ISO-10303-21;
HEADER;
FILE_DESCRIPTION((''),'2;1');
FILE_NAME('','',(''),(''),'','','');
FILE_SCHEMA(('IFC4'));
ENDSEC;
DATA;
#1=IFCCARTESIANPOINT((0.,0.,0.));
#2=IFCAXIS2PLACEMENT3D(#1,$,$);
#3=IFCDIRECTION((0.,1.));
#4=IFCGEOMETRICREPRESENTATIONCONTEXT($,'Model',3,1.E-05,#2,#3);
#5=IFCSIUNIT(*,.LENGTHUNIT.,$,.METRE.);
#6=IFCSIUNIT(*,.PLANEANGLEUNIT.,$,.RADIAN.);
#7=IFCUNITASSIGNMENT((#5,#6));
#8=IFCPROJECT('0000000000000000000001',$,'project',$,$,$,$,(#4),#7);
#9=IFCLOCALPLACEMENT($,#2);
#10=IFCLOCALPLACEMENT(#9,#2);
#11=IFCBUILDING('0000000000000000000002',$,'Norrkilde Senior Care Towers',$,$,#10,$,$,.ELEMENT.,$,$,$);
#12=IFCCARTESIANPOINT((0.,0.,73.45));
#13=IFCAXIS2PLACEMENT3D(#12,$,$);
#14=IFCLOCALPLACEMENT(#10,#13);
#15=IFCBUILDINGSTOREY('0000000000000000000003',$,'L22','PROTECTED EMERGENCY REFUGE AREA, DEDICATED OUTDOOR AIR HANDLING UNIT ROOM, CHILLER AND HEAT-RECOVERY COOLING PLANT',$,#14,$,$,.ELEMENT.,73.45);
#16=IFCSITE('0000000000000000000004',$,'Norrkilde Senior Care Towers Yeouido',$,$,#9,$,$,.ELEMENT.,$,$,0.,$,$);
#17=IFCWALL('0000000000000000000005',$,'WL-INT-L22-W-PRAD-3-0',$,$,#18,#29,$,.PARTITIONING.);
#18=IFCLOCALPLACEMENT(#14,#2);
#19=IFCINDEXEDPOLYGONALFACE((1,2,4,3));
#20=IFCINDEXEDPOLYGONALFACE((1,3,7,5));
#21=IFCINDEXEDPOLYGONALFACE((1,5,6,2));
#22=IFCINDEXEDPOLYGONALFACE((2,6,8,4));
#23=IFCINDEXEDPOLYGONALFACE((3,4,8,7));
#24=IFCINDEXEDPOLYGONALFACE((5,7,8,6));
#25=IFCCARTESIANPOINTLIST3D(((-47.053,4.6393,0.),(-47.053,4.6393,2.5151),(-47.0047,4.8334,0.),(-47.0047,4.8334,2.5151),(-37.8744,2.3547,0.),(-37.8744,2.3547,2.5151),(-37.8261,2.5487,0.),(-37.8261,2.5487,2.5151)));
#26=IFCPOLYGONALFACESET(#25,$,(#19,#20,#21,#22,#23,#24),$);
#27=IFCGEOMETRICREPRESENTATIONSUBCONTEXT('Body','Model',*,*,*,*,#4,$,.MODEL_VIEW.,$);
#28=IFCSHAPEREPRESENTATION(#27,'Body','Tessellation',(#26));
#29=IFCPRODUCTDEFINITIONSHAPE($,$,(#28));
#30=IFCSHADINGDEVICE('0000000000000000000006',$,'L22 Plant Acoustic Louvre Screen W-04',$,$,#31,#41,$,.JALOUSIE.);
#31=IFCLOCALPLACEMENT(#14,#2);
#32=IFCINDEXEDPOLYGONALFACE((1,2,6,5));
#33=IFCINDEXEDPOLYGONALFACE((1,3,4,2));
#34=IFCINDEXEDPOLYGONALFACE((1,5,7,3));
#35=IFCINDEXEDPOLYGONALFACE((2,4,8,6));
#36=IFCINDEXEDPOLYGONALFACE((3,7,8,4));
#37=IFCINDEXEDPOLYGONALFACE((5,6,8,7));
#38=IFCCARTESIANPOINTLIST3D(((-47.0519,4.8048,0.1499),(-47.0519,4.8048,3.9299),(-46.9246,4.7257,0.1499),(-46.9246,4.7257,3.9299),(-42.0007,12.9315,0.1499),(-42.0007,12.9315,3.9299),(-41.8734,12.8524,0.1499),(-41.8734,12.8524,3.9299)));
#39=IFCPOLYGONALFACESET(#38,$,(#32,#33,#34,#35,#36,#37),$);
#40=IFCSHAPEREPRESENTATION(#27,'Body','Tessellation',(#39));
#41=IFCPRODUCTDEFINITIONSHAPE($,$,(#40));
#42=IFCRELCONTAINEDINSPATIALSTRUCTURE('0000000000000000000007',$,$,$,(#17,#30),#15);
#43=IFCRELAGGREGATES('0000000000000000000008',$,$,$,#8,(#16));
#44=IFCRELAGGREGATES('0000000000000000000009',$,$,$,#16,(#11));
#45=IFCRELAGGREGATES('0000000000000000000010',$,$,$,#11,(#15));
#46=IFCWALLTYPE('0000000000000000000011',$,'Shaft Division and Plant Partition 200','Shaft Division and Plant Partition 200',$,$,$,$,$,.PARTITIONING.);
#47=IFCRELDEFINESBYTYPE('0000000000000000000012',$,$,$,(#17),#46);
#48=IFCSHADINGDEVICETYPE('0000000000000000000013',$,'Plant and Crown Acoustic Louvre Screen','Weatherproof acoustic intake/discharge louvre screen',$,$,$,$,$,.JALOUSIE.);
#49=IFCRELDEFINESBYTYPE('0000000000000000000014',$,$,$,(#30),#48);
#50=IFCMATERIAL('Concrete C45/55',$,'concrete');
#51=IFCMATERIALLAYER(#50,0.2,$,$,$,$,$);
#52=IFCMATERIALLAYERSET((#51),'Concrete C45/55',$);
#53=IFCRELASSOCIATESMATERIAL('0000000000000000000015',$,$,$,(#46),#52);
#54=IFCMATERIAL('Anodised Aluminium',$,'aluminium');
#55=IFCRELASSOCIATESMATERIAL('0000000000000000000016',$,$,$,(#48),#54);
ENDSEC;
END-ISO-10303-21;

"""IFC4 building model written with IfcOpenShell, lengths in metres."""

from ifc_helpers import new_model, si_unit, direction, frame, frame_2d, origin, origin_2d, place, context, subcontext, project, spatial, rectangle, extrude, source, transform, mapped, material, layer, layer_set, type_object, type_shapes, element, save


model = new_model("IFC4")

# Units and contexts
model_context = context("Model", 3, precision=1e-05, world=origin(), true_north=direction((0.0, 1.0)))
body_context = subcontext(model_context, "Body", "Model", "MODEL_VIEW")
ifc_project = project(units=[si_unit("LENGTHUNIT", "METRE"), si_unit("PLANEANGLEUNIT", "RADIAN")], contexts=[model_context])

# Site, building, storey
site_placement = place(None, origin())
site = spatial("IfcSite", under=ifc_project, at=site_placement, Name="Norrkilde Senior Care Towers Yeouido", CompositionType="ELEMENT", RefElevation=0.0)
building_placement = place(site_placement, origin())
building = spatial("IfcBuilding", under=site, at=building_placement, Name="Norrkilde Senior Care Towers", CompositionType="ELEMENT")
storey_placement = place(building_placement, frame((0.0, 0.0, 73.45)))
storey = spatial("IfcBuildingStorey", under=building, at=storey_placement, Name="L22", Description="PROTECTED EMERGENCY REFUGE AREA, DEDICATED OUTDOOR AIR HANDLING UNIT ROOM, CHILLER AND HEAT-RECOVERY COOLING PLANT", CompositionType="ELEMENT", Elevation=73.45)

# Shared definitions
ifc_material_1 = material(Name="Anodised Aluminium", Category="aluminium")

# Shared definitions
ifc_material_2 = material(Name="Concrete C45/55", Category="concrete")
ifc_layer_1 = layer(ifc_material_2, 0.2)
ifc_layer_set_1 = layer_set([ifc_layer_1], Name="Concrete C45/55")
wall_type = type_object("IfcWallType", Name="Shaft Division and Plant Partition 200", Description="Shaft Division and Plant Partition 200", PredefinedType="PARTITIONING", material=ifc_layer_set_1)

# Wall
shared_shape_1 = source(origin(), body_context, "Body", "SweptSolid", [
    extrude(rectangle(XDim=9.4587, YDim=0.2, at=frame_2d((4.7295, 0.0))), origin(), (0.0, 0.0, 1.0), 2.5151),
])
wall_1_placement = place(storey_placement, frame((-37.8501, 2.4517, 0.0), z_axis=(0.0, 0.0, 1.0), x_axis=(-0.970391, 0.241539, 0.0)))
element("IfcWall", 1, at=wall_1_placement, inside=storey, type_object=wall_type, Name="WL-INT-L22-W-PRAD-3-0", PredefinedType="PARTITIONING", context=body_context, shape_type="MappedRepresentation", body=[
    mapped(shared_shape_1, transform((0.0, 0.0, 0.0), x_axis=(1.0, 0.0, 0.0), y_axis=(0.0, 1.0, 0.0), z_axis=(0.0, 0.0, 1.0), scale=1.0)),
])

# Shading device
shading_device_type = type_object("IfcShadingDeviceType", Name="Plant and Crown Acoustic Louvre Screen", Description="Weatherproof acoustic intake/discharge louvre screen", PredefinedType="JALOUSIE", material=ifc_material_1)
shared_shape_2 = source(origin(), body_context, "Body", "SweptSolid", [
    extrude(rectangle(XDim=9.5686, YDim=0.1499, at=origin_2d()), origin(), (0.0, 0.0, 1.0), 3.78),
])
type_shapes(shading_device_type, [shared_shape_2])
shading_device_placement = place(storey_placement, frame((-44.4626, 8.8286, 0.1499), z_axis=(0.0, 0.0, 1.0), x_axis=(0.527901, 0.849306, 0.0)))
element("IfcShadingDevice", 2, at=shading_device_placement, inside=storey, type_object=shading_device_type, Name="L22 Plant Acoustic Louvre Screen W-04", PredefinedType="JALOUSIE", context=body_context, shape_type="MappedRepresentation", body=[
    mapped(shared_shape_2, transform((0.0, 0.0, 0.0), x_axis=(1.0, 0.0, 0.0), y_axis=(0.0, 1.0, 0.0), z_axis=(0.0, 0.0, 1.0), scale=1.0)),
])

save(model, "model.ifc")
